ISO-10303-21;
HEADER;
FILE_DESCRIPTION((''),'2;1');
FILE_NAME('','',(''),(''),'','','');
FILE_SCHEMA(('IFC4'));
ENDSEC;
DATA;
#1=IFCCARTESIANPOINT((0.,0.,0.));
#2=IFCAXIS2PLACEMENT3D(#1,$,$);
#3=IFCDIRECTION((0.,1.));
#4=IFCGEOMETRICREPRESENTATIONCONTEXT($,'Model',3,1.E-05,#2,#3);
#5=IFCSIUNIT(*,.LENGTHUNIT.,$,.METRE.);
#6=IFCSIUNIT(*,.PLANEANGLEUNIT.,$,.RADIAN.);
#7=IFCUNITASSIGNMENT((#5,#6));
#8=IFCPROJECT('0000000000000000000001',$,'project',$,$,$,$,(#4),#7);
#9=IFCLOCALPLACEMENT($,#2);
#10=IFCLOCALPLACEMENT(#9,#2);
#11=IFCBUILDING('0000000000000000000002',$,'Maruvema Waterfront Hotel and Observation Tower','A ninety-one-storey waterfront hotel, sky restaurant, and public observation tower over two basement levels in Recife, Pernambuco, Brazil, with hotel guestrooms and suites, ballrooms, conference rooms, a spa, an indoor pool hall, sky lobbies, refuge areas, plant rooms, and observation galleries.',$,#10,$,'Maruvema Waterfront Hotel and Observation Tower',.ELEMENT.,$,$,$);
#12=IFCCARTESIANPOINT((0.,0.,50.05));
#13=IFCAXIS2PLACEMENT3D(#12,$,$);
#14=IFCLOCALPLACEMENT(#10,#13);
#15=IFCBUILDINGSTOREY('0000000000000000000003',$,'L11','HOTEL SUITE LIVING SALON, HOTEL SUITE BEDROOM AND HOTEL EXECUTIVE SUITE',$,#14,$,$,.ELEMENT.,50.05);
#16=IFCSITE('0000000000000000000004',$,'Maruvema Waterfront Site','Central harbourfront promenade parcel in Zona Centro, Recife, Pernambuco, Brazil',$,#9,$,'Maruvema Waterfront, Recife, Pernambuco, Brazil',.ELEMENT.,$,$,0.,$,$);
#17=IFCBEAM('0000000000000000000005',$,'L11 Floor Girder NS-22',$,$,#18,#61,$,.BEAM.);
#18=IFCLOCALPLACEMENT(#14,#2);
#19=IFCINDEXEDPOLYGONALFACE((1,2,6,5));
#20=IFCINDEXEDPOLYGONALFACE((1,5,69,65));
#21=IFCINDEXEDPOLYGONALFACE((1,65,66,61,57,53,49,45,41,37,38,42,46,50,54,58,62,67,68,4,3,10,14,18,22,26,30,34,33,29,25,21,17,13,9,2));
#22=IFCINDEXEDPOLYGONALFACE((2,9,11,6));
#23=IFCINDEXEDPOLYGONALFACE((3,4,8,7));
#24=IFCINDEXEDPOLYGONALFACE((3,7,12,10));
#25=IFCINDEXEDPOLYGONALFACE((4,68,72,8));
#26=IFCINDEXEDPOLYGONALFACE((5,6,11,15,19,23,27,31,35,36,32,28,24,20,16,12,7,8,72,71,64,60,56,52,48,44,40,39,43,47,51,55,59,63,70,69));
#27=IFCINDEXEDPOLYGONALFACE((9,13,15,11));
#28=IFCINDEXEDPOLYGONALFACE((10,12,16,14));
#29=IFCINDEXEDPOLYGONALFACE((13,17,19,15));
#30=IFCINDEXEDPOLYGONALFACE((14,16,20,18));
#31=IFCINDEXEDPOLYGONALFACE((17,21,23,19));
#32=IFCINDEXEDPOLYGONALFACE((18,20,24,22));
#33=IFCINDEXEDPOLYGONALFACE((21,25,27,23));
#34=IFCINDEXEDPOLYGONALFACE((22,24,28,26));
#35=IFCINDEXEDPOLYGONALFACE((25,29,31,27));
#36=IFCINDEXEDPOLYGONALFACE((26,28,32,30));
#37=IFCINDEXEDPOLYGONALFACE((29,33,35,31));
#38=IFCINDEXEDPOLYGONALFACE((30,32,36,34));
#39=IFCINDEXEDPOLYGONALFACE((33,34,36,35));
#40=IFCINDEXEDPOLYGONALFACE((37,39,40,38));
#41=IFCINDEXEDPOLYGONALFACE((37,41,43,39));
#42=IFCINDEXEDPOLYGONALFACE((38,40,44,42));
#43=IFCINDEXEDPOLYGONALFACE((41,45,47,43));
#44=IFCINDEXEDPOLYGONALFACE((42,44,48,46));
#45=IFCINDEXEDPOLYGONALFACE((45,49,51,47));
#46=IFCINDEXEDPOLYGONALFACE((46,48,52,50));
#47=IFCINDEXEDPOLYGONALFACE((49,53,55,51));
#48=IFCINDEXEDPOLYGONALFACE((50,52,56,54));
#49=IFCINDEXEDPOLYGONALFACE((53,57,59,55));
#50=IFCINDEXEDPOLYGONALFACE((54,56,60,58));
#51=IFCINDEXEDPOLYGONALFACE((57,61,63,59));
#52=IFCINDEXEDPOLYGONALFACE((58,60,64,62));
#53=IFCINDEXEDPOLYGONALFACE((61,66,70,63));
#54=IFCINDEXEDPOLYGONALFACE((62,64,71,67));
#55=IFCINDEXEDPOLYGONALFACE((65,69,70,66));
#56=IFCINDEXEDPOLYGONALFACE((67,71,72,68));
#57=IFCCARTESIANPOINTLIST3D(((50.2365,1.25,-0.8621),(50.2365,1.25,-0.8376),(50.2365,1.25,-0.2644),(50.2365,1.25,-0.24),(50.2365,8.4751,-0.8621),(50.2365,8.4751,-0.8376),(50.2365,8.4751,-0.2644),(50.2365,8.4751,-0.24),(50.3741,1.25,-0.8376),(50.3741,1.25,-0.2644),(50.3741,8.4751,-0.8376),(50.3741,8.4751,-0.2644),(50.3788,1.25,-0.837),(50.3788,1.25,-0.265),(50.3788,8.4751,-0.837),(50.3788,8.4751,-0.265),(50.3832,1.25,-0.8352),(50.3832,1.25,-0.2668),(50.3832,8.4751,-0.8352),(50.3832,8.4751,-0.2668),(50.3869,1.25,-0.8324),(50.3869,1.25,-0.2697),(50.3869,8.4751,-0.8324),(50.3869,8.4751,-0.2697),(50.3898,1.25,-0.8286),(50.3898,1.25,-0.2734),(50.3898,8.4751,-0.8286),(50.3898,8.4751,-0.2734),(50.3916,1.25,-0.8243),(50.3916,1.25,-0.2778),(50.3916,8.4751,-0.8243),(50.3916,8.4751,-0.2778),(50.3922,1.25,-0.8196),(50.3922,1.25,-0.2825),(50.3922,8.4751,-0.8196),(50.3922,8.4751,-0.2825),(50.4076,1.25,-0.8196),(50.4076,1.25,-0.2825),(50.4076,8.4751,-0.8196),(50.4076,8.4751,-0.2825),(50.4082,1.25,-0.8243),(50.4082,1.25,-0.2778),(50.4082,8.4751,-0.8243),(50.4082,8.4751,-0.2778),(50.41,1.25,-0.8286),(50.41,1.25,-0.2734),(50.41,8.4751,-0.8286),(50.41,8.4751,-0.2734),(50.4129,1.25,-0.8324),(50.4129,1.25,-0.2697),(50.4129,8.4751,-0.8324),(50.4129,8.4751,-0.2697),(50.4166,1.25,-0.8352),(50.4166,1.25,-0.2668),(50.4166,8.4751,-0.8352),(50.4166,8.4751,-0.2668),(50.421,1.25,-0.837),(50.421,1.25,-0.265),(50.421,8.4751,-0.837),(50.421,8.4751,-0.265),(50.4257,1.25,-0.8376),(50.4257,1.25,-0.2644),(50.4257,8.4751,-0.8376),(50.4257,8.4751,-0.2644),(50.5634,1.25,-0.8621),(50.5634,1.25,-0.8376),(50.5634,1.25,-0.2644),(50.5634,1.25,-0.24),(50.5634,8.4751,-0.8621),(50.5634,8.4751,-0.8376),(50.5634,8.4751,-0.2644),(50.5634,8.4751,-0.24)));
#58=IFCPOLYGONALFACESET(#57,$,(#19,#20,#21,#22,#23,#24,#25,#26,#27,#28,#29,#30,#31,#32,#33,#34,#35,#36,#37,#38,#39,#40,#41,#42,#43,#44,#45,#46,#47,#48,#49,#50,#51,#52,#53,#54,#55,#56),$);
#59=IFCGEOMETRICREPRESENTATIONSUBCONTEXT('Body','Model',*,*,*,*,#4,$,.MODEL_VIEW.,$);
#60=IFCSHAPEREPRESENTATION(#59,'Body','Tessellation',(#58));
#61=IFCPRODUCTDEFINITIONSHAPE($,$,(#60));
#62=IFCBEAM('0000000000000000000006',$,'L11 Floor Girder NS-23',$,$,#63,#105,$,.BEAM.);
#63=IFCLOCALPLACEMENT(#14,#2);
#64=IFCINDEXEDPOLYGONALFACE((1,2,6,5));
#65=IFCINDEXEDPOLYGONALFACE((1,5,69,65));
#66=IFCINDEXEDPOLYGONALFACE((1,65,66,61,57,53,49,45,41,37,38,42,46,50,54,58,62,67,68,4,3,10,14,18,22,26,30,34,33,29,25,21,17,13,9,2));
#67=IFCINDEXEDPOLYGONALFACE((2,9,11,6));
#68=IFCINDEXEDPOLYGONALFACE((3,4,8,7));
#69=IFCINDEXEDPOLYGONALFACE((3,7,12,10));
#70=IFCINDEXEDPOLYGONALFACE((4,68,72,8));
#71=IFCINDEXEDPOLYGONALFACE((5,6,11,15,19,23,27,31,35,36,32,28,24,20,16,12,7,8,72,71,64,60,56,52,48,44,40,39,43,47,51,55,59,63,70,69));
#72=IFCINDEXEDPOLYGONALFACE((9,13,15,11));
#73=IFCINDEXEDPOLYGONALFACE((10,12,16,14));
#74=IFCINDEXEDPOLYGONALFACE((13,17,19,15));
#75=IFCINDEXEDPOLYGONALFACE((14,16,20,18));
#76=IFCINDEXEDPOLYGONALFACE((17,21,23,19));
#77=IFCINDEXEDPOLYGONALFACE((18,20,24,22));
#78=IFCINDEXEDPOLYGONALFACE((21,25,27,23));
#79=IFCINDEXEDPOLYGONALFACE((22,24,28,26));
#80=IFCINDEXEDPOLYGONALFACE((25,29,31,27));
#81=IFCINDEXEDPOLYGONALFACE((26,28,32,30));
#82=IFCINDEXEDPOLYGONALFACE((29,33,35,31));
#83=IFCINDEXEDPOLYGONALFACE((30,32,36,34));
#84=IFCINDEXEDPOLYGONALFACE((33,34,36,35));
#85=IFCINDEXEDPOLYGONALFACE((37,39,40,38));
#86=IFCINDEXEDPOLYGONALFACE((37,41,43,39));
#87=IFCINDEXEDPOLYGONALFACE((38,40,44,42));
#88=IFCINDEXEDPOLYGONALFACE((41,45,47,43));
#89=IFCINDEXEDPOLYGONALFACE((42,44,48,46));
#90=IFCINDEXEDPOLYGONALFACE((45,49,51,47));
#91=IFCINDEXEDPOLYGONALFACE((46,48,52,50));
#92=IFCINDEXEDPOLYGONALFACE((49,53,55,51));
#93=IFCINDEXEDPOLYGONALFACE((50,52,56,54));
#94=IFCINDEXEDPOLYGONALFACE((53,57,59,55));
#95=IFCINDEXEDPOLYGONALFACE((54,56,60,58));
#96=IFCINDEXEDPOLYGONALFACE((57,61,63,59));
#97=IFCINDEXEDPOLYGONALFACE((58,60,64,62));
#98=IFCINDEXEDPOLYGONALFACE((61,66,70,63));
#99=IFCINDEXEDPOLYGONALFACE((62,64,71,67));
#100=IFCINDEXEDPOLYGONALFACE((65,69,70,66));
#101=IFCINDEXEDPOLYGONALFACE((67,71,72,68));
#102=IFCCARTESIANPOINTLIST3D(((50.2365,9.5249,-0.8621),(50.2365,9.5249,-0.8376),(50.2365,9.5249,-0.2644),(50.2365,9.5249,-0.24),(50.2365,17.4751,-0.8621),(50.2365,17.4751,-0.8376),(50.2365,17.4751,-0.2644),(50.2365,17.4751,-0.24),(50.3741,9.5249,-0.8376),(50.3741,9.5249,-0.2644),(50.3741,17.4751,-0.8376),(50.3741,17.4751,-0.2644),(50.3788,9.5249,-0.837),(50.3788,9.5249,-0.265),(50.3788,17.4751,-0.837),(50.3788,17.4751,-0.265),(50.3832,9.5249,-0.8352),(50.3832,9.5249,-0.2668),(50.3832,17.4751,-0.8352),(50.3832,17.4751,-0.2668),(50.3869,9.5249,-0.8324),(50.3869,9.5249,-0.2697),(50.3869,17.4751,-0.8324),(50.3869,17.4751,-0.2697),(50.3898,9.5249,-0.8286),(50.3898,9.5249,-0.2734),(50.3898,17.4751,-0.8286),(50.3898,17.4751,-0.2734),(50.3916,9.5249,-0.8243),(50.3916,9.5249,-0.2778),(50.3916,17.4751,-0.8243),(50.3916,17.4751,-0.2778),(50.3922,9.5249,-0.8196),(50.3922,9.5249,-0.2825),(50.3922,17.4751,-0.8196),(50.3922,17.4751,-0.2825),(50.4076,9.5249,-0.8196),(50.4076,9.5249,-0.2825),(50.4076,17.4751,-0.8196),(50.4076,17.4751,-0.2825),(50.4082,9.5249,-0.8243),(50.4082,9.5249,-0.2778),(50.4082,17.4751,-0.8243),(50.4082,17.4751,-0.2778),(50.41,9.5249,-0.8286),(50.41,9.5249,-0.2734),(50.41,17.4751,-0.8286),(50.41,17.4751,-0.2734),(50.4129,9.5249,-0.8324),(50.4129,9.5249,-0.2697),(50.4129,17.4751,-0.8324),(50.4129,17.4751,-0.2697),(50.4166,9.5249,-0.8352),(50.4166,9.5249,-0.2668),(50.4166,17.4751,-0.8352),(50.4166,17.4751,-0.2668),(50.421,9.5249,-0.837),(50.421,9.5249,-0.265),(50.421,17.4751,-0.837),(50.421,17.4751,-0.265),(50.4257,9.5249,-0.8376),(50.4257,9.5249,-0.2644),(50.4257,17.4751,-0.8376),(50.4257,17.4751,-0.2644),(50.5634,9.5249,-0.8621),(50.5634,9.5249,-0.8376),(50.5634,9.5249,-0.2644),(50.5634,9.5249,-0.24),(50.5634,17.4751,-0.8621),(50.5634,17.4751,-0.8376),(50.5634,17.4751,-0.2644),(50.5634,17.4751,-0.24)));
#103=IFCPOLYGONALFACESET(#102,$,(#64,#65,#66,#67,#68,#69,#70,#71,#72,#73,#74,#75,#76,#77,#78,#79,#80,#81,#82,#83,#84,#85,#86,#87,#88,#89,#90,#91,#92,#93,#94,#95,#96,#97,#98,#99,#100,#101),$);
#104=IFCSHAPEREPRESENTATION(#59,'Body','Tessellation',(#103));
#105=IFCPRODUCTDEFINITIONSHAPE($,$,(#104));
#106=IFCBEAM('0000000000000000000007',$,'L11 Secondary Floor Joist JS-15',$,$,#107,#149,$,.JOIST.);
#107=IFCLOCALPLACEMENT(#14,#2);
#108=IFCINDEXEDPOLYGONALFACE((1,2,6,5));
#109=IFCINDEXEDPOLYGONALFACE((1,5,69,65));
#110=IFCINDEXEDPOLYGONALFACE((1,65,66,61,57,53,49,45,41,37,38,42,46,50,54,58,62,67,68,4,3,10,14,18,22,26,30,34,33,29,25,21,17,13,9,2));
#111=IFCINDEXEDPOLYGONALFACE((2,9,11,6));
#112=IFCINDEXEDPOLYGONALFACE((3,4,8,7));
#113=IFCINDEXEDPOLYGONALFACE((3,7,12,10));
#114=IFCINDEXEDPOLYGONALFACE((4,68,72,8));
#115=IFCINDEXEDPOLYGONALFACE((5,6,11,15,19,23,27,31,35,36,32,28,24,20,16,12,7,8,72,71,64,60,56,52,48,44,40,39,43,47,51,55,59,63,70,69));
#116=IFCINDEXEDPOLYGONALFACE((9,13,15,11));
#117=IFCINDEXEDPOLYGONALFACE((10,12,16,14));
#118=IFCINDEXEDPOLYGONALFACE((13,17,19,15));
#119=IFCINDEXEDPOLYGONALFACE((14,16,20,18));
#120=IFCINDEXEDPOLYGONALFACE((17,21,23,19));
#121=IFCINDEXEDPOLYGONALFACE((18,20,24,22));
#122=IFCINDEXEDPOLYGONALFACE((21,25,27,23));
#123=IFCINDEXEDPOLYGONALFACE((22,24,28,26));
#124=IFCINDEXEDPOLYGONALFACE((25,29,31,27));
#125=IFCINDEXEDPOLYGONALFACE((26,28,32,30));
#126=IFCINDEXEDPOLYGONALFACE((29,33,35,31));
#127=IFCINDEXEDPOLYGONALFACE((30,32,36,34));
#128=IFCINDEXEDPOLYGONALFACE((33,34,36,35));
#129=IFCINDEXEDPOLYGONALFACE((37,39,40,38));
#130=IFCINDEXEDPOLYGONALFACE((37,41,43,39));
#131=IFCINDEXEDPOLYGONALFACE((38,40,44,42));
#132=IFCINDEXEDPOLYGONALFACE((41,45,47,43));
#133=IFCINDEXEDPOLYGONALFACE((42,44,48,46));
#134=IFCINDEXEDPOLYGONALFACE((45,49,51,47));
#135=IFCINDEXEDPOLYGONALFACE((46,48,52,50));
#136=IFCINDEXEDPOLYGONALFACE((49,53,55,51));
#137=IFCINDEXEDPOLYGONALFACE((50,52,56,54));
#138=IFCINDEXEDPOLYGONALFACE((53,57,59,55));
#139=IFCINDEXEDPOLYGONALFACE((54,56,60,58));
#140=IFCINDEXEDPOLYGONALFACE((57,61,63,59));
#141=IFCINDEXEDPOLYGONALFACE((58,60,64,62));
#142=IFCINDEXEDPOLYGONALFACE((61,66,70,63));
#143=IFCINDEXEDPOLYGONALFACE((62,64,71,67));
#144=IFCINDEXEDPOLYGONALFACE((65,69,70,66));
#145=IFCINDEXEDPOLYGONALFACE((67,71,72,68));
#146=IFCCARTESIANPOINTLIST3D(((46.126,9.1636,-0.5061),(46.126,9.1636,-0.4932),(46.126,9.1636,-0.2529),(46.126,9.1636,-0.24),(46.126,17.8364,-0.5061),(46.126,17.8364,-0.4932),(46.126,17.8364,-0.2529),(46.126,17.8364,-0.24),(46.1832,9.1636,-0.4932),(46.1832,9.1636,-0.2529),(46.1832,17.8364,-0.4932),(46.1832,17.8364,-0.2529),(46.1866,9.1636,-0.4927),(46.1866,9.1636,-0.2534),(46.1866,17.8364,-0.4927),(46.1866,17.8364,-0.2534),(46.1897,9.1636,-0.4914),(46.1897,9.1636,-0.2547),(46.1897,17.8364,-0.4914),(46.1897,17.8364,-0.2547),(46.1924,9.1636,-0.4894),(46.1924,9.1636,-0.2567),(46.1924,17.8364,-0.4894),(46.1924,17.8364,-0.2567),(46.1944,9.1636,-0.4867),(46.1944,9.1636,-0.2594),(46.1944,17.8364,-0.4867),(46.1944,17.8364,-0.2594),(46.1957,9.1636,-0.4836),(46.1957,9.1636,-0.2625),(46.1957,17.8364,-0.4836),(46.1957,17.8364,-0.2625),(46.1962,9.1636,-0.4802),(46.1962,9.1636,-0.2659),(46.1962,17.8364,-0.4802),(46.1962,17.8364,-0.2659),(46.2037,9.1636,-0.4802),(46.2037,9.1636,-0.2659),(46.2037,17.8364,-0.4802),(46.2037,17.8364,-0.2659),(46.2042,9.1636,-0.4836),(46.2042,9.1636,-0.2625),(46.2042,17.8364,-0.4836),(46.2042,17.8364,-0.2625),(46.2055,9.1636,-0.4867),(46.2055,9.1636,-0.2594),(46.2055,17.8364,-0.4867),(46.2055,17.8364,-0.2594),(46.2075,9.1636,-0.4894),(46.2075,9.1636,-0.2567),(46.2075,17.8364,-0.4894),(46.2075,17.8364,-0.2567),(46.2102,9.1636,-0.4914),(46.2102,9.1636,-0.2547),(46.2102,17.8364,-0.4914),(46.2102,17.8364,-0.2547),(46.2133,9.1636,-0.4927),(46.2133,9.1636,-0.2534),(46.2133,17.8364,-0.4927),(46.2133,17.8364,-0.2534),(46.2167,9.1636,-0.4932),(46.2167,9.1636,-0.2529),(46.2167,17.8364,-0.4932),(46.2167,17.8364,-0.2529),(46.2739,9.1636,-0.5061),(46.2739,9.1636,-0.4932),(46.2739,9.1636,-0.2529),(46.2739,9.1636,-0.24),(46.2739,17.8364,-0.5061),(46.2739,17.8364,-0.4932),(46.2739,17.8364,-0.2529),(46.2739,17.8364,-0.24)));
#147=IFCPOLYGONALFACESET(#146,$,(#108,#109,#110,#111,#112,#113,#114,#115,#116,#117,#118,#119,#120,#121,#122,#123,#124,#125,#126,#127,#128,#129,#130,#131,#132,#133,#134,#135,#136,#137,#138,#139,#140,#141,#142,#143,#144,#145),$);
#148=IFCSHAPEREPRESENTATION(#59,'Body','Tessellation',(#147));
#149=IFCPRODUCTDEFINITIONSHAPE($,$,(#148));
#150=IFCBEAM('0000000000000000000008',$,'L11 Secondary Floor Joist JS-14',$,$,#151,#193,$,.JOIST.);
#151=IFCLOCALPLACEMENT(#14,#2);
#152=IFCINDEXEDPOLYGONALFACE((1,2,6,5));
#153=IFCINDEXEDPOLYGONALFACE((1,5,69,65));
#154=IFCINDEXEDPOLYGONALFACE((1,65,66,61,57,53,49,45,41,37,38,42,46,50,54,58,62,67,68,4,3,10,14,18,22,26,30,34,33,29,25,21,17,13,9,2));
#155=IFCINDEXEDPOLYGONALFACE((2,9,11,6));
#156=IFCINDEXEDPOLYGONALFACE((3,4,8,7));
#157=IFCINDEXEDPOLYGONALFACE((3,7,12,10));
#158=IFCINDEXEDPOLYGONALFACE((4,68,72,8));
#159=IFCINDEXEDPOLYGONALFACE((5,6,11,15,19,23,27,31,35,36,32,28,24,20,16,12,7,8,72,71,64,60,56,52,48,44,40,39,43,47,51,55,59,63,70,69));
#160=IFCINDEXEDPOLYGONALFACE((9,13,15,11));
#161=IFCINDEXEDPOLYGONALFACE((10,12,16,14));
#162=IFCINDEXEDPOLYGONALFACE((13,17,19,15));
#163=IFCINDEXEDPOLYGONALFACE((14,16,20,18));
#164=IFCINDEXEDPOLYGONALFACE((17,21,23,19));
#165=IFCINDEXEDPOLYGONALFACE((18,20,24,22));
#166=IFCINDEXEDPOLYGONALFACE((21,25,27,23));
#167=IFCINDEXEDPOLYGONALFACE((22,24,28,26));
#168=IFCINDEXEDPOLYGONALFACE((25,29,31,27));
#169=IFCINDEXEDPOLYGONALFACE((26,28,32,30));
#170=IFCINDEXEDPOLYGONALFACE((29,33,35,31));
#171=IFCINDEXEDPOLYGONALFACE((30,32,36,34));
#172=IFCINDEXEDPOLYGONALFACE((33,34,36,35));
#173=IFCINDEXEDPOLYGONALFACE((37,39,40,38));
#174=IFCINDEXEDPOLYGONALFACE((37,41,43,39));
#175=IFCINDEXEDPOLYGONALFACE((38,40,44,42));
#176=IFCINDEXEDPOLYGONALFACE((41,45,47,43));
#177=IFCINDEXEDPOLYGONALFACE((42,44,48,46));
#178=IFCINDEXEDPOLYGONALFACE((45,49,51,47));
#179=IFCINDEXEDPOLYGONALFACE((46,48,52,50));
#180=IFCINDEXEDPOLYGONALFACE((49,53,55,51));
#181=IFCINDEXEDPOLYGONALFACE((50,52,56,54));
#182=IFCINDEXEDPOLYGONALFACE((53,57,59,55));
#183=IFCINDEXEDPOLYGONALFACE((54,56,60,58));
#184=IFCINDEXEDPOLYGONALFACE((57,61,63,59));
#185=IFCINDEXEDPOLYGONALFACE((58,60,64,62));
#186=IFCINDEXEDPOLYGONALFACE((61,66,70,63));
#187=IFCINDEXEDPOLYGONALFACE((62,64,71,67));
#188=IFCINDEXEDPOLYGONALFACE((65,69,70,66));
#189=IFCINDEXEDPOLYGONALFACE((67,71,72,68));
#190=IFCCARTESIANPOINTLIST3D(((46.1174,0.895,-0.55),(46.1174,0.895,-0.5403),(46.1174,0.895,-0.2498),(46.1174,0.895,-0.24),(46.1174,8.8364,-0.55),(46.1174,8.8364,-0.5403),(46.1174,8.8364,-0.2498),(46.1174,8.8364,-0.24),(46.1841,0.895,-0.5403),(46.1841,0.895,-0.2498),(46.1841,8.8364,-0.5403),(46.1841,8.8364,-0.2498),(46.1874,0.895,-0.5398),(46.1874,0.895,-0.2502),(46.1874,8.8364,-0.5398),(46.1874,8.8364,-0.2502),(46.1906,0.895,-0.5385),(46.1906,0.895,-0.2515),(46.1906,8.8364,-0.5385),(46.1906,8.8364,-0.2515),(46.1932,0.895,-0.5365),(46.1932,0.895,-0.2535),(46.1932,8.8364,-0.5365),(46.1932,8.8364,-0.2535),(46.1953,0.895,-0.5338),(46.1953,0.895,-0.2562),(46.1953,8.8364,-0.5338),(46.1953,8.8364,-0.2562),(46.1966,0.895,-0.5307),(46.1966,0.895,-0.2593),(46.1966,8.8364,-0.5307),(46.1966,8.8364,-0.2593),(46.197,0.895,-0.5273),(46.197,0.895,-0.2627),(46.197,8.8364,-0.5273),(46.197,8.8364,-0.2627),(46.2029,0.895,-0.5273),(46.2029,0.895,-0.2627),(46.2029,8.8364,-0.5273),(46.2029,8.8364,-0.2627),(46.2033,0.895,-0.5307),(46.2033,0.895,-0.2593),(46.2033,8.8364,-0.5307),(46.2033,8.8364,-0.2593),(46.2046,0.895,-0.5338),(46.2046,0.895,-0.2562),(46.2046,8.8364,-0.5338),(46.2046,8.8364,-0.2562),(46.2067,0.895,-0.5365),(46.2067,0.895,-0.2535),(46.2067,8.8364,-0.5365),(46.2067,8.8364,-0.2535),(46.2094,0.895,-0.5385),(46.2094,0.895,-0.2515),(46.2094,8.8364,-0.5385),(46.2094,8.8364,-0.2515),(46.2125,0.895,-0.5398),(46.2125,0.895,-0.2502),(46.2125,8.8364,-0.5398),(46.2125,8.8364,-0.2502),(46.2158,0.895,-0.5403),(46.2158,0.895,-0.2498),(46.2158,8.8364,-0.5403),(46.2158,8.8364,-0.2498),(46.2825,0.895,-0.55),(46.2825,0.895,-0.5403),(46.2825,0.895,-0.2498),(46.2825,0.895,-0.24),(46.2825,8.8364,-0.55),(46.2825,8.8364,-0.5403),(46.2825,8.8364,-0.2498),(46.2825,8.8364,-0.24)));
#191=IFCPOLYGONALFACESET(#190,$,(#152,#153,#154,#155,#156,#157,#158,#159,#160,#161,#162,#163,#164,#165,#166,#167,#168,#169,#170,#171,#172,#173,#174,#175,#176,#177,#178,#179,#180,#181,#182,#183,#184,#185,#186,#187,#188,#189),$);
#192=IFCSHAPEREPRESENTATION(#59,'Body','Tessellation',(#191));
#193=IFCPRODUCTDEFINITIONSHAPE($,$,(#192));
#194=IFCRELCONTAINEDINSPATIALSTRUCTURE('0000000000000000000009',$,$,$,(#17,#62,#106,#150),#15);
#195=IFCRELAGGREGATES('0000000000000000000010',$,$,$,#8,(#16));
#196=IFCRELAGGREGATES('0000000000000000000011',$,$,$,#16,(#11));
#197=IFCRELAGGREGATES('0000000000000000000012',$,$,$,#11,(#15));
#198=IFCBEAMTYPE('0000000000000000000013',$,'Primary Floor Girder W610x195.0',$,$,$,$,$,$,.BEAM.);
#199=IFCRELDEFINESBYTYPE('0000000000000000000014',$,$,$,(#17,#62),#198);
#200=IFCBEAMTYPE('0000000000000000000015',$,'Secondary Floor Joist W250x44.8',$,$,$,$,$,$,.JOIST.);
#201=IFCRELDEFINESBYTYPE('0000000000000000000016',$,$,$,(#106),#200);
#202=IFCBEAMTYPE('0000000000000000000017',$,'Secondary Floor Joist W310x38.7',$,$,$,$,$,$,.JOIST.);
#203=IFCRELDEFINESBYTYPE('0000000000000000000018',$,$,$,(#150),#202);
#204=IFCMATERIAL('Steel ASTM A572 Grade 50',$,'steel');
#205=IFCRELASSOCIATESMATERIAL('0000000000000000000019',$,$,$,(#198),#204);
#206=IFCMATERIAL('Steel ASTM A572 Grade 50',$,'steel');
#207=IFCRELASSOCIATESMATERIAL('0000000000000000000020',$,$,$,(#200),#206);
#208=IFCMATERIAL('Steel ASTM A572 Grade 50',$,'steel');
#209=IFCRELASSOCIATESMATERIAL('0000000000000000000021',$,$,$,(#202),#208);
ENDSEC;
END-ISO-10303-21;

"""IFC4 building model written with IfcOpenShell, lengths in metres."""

from ifc_helpers import new_model, si_unit, direction, frame, origin, origin_2d, place, context, subcontext, project, spatial, i_section, extrude, material, material_profile, profile_set, type_object, element, save


model = new_model("IFC4")

# Units and contexts
model_context = context("Model", 3, precision=1e-05, world=origin(), true_north=direction((0.0, 1.0)))
body_context = subcontext(model_context, "Body", "Model", "MODEL_VIEW")
ifc_project = project(units=[si_unit("LENGTHUNIT", "METRE"), si_unit("PLANEANGLEUNIT", "RADIAN")], contexts=[model_context])

# Site, building, storey
site_placement = place(None, origin())
site = spatial("IfcSite", under=ifc_project, at=site_placement, Name="Maruvema Waterfront Site", Description="Central harbourfront promenade parcel in Zona Centro, Recife, Pernambuco, Brazil", LongName="Maruvema Waterfront, Recife, Pernambuco, Brazil", CompositionType="ELEMENT", RefElevation=0.0)
building_placement = place(site_placement, origin())
building = spatial("IfcBuilding", under=site, at=building_placement, Name="Maruvema Waterfront Hotel and Observation Tower", Description="A ninety-one-storey waterfront hotel, sky restaurant, and public observation tower over two basement levels in Recife, Pernambuco, Brazil, with hotel guestrooms and suites, ballrooms, conference rooms, a spa, an indoor pool hall, sky lobbies, refuge areas, plant rooms, and observation galleries.", LongName="Maruvema Waterfront Hotel and Observation Tower", CompositionType="ELEMENT")
storey_placement = place(building_placement, frame((0.0, 0.0, 50.05)))
storey = spatial("IfcBuildingStorey", under=building, at=storey_placement, Name="L11", Description="HOTEL SUITE LIVING SALON, HOTEL SUITE BEDROOM AND HOTEL EXECUTIVE SUITE", CompositionType="ELEMENT", Elevation=50.05)

# Beams
ifc_material_1 = material(Name="Steel ASTM A572 Grade 50", Category="steel")
ifc_material_profile_1 = material_profile(ifc_material_1, i_section(OverallWidth=0.3269, OverallDepth=0.6221, WebThickness=0.0154, FlangeThickness=0.0244, FilletRadius=0.0181, at=origin_2d()), Name="W610x195.0")
ifc_profile_set_1 = profile_set([ifc_material_profile_1], Name="Steel ASTM A572 Grade 50")
beam_type_1 = type_object("IfcBeamType", Name="Primary Floor Girder W610x195.0", PredefinedType="BEAM", material=ifc_profile_set_1)
beam_1_placement = place(storey_placement, frame((50.3999, 1.25, -0.551), z_axis=(0.0, 1.0, 0.0), x_axis=(-1.0, 0.0, 0.0)))
element("IfcBeam", 1, at=beam_1_placement, inside=storey, type_object=beam_type_1, Name="L11 Floor Girder NS-22", PredefinedType="BEAM", context=body_context, shape_type="SweptSolid", body=[
    extrude(i_section(OverallWidth=0.3269, OverallDepth=0.6221, WebThickness=0.0154, FlangeThickness=0.0244, FilletRadius=0.0181, at=origin_2d()), origin(), (0.0, 0.0, 1.0), 7.2251),
])
beam_2_placement = place(storey_placement, frame((50.3999, 9.5249, -0.551), z_axis=(0.0, 1.0, 0.0), x_axis=(-1.0, 0.0, 0.0)))
element("IfcBeam", 2, at=beam_2_placement, inside=storey, type_object=beam_type_1, Name="L11 Floor Girder NS-23", PredefinedType="BEAM", context=body_context, shape_type="SweptSolid", body=[
    extrude(i_section(OverallWidth=0.3269, OverallDepth=0.6221, WebThickness=0.0154, FlangeThickness=0.0244, FilletRadius=0.0181, at=origin_2d()), origin(), (0.0, 0.0, 1.0), 7.9502),
])
ifc_material_2 = material(Name="Steel ASTM A572 Grade 50", Category="steel")
ifc_material_profile_2 = material_profile(ifc_material_2, i_section(OverallWidth=0.1479, OverallDepth=0.2661, WebThickness=0.0076, FlangeThickness=0.0129, FilletRadius=0.0129, at=origin_2d()), Name="W250x44.8")
ifc_profile_set_2 = profile_set([ifc_material_profile_2], Name="Steel ASTM A572 Grade 50")
beam_type_2 = type_object("IfcBeamType", Name="Secondary Floor Joist W250x44.8", PredefinedType="JOIST", material=ifc_profile_set_2)
beam_3_placement = place(storey_placement, frame((46.2, 9.1636, -0.373), z_axis=(0.0, 1.0, 0.0), x_axis=(-1.0, 0.0, 0.0)))
element("IfcBeam", 3, at=beam_3_placement, inside=storey, type_object=beam_type_2, Name="L11 Secondary Floor Joist JS-15", PredefinedType="JOIST", context=body_context, shape_type="SweptSolid", body=[
    extrude(i_section(OverallWidth=0.1479, OverallDepth=0.2661, WebThickness=0.0076, FlangeThickness=0.0129, FilletRadius=0.0129, at=origin_2d()), origin(), (0.0, 0.0, 1.0), 8.6729),
])
ifc_material_3 = material(Name="Steel ASTM A572 Grade 50", Category="steel")
ifc_material_profile_3 = material_profile(ifc_material_3, i_section(OverallWidth=0.165, OverallDepth=0.3101, WebThickness=0.0059, FlangeThickness=0.0098, FilletRadius=0.0129, at=origin_2d()), Name="W310x38.7")
ifc_profile_set_3 = profile_set([ifc_material_profile_3], Name="Steel ASTM A572 Grade 50")
beam_type_3 = type_object("IfcBeamType", Name="Secondary Floor Joist W310x38.7", PredefinedType="JOIST", material=ifc_profile_set_3)
beam_4_placement = place(storey_placement, frame((46.2, 0.895, -0.395), z_axis=(0.0, 1.0, 0.0), x_axis=(-1.0, 0.0, 0.0)))
element("IfcBeam", 4, at=beam_4_placement, inside=storey, type_object=beam_type_3, Name="L11 Secondary Floor Joist JS-14", PredefinedType="JOIST", context=body_context, shape_type="SweptSolid", body=[
    extrude(i_section(OverallWidth=0.165, OverallDepth=0.3101, WebThickness=0.0059, FlangeThickness=0.0098, FilletRadius=0.0129, at=origin_2d()), origin(), (0.0, 0.0, 1.0), 7.9414),
])

save(model, "model.ifc")
